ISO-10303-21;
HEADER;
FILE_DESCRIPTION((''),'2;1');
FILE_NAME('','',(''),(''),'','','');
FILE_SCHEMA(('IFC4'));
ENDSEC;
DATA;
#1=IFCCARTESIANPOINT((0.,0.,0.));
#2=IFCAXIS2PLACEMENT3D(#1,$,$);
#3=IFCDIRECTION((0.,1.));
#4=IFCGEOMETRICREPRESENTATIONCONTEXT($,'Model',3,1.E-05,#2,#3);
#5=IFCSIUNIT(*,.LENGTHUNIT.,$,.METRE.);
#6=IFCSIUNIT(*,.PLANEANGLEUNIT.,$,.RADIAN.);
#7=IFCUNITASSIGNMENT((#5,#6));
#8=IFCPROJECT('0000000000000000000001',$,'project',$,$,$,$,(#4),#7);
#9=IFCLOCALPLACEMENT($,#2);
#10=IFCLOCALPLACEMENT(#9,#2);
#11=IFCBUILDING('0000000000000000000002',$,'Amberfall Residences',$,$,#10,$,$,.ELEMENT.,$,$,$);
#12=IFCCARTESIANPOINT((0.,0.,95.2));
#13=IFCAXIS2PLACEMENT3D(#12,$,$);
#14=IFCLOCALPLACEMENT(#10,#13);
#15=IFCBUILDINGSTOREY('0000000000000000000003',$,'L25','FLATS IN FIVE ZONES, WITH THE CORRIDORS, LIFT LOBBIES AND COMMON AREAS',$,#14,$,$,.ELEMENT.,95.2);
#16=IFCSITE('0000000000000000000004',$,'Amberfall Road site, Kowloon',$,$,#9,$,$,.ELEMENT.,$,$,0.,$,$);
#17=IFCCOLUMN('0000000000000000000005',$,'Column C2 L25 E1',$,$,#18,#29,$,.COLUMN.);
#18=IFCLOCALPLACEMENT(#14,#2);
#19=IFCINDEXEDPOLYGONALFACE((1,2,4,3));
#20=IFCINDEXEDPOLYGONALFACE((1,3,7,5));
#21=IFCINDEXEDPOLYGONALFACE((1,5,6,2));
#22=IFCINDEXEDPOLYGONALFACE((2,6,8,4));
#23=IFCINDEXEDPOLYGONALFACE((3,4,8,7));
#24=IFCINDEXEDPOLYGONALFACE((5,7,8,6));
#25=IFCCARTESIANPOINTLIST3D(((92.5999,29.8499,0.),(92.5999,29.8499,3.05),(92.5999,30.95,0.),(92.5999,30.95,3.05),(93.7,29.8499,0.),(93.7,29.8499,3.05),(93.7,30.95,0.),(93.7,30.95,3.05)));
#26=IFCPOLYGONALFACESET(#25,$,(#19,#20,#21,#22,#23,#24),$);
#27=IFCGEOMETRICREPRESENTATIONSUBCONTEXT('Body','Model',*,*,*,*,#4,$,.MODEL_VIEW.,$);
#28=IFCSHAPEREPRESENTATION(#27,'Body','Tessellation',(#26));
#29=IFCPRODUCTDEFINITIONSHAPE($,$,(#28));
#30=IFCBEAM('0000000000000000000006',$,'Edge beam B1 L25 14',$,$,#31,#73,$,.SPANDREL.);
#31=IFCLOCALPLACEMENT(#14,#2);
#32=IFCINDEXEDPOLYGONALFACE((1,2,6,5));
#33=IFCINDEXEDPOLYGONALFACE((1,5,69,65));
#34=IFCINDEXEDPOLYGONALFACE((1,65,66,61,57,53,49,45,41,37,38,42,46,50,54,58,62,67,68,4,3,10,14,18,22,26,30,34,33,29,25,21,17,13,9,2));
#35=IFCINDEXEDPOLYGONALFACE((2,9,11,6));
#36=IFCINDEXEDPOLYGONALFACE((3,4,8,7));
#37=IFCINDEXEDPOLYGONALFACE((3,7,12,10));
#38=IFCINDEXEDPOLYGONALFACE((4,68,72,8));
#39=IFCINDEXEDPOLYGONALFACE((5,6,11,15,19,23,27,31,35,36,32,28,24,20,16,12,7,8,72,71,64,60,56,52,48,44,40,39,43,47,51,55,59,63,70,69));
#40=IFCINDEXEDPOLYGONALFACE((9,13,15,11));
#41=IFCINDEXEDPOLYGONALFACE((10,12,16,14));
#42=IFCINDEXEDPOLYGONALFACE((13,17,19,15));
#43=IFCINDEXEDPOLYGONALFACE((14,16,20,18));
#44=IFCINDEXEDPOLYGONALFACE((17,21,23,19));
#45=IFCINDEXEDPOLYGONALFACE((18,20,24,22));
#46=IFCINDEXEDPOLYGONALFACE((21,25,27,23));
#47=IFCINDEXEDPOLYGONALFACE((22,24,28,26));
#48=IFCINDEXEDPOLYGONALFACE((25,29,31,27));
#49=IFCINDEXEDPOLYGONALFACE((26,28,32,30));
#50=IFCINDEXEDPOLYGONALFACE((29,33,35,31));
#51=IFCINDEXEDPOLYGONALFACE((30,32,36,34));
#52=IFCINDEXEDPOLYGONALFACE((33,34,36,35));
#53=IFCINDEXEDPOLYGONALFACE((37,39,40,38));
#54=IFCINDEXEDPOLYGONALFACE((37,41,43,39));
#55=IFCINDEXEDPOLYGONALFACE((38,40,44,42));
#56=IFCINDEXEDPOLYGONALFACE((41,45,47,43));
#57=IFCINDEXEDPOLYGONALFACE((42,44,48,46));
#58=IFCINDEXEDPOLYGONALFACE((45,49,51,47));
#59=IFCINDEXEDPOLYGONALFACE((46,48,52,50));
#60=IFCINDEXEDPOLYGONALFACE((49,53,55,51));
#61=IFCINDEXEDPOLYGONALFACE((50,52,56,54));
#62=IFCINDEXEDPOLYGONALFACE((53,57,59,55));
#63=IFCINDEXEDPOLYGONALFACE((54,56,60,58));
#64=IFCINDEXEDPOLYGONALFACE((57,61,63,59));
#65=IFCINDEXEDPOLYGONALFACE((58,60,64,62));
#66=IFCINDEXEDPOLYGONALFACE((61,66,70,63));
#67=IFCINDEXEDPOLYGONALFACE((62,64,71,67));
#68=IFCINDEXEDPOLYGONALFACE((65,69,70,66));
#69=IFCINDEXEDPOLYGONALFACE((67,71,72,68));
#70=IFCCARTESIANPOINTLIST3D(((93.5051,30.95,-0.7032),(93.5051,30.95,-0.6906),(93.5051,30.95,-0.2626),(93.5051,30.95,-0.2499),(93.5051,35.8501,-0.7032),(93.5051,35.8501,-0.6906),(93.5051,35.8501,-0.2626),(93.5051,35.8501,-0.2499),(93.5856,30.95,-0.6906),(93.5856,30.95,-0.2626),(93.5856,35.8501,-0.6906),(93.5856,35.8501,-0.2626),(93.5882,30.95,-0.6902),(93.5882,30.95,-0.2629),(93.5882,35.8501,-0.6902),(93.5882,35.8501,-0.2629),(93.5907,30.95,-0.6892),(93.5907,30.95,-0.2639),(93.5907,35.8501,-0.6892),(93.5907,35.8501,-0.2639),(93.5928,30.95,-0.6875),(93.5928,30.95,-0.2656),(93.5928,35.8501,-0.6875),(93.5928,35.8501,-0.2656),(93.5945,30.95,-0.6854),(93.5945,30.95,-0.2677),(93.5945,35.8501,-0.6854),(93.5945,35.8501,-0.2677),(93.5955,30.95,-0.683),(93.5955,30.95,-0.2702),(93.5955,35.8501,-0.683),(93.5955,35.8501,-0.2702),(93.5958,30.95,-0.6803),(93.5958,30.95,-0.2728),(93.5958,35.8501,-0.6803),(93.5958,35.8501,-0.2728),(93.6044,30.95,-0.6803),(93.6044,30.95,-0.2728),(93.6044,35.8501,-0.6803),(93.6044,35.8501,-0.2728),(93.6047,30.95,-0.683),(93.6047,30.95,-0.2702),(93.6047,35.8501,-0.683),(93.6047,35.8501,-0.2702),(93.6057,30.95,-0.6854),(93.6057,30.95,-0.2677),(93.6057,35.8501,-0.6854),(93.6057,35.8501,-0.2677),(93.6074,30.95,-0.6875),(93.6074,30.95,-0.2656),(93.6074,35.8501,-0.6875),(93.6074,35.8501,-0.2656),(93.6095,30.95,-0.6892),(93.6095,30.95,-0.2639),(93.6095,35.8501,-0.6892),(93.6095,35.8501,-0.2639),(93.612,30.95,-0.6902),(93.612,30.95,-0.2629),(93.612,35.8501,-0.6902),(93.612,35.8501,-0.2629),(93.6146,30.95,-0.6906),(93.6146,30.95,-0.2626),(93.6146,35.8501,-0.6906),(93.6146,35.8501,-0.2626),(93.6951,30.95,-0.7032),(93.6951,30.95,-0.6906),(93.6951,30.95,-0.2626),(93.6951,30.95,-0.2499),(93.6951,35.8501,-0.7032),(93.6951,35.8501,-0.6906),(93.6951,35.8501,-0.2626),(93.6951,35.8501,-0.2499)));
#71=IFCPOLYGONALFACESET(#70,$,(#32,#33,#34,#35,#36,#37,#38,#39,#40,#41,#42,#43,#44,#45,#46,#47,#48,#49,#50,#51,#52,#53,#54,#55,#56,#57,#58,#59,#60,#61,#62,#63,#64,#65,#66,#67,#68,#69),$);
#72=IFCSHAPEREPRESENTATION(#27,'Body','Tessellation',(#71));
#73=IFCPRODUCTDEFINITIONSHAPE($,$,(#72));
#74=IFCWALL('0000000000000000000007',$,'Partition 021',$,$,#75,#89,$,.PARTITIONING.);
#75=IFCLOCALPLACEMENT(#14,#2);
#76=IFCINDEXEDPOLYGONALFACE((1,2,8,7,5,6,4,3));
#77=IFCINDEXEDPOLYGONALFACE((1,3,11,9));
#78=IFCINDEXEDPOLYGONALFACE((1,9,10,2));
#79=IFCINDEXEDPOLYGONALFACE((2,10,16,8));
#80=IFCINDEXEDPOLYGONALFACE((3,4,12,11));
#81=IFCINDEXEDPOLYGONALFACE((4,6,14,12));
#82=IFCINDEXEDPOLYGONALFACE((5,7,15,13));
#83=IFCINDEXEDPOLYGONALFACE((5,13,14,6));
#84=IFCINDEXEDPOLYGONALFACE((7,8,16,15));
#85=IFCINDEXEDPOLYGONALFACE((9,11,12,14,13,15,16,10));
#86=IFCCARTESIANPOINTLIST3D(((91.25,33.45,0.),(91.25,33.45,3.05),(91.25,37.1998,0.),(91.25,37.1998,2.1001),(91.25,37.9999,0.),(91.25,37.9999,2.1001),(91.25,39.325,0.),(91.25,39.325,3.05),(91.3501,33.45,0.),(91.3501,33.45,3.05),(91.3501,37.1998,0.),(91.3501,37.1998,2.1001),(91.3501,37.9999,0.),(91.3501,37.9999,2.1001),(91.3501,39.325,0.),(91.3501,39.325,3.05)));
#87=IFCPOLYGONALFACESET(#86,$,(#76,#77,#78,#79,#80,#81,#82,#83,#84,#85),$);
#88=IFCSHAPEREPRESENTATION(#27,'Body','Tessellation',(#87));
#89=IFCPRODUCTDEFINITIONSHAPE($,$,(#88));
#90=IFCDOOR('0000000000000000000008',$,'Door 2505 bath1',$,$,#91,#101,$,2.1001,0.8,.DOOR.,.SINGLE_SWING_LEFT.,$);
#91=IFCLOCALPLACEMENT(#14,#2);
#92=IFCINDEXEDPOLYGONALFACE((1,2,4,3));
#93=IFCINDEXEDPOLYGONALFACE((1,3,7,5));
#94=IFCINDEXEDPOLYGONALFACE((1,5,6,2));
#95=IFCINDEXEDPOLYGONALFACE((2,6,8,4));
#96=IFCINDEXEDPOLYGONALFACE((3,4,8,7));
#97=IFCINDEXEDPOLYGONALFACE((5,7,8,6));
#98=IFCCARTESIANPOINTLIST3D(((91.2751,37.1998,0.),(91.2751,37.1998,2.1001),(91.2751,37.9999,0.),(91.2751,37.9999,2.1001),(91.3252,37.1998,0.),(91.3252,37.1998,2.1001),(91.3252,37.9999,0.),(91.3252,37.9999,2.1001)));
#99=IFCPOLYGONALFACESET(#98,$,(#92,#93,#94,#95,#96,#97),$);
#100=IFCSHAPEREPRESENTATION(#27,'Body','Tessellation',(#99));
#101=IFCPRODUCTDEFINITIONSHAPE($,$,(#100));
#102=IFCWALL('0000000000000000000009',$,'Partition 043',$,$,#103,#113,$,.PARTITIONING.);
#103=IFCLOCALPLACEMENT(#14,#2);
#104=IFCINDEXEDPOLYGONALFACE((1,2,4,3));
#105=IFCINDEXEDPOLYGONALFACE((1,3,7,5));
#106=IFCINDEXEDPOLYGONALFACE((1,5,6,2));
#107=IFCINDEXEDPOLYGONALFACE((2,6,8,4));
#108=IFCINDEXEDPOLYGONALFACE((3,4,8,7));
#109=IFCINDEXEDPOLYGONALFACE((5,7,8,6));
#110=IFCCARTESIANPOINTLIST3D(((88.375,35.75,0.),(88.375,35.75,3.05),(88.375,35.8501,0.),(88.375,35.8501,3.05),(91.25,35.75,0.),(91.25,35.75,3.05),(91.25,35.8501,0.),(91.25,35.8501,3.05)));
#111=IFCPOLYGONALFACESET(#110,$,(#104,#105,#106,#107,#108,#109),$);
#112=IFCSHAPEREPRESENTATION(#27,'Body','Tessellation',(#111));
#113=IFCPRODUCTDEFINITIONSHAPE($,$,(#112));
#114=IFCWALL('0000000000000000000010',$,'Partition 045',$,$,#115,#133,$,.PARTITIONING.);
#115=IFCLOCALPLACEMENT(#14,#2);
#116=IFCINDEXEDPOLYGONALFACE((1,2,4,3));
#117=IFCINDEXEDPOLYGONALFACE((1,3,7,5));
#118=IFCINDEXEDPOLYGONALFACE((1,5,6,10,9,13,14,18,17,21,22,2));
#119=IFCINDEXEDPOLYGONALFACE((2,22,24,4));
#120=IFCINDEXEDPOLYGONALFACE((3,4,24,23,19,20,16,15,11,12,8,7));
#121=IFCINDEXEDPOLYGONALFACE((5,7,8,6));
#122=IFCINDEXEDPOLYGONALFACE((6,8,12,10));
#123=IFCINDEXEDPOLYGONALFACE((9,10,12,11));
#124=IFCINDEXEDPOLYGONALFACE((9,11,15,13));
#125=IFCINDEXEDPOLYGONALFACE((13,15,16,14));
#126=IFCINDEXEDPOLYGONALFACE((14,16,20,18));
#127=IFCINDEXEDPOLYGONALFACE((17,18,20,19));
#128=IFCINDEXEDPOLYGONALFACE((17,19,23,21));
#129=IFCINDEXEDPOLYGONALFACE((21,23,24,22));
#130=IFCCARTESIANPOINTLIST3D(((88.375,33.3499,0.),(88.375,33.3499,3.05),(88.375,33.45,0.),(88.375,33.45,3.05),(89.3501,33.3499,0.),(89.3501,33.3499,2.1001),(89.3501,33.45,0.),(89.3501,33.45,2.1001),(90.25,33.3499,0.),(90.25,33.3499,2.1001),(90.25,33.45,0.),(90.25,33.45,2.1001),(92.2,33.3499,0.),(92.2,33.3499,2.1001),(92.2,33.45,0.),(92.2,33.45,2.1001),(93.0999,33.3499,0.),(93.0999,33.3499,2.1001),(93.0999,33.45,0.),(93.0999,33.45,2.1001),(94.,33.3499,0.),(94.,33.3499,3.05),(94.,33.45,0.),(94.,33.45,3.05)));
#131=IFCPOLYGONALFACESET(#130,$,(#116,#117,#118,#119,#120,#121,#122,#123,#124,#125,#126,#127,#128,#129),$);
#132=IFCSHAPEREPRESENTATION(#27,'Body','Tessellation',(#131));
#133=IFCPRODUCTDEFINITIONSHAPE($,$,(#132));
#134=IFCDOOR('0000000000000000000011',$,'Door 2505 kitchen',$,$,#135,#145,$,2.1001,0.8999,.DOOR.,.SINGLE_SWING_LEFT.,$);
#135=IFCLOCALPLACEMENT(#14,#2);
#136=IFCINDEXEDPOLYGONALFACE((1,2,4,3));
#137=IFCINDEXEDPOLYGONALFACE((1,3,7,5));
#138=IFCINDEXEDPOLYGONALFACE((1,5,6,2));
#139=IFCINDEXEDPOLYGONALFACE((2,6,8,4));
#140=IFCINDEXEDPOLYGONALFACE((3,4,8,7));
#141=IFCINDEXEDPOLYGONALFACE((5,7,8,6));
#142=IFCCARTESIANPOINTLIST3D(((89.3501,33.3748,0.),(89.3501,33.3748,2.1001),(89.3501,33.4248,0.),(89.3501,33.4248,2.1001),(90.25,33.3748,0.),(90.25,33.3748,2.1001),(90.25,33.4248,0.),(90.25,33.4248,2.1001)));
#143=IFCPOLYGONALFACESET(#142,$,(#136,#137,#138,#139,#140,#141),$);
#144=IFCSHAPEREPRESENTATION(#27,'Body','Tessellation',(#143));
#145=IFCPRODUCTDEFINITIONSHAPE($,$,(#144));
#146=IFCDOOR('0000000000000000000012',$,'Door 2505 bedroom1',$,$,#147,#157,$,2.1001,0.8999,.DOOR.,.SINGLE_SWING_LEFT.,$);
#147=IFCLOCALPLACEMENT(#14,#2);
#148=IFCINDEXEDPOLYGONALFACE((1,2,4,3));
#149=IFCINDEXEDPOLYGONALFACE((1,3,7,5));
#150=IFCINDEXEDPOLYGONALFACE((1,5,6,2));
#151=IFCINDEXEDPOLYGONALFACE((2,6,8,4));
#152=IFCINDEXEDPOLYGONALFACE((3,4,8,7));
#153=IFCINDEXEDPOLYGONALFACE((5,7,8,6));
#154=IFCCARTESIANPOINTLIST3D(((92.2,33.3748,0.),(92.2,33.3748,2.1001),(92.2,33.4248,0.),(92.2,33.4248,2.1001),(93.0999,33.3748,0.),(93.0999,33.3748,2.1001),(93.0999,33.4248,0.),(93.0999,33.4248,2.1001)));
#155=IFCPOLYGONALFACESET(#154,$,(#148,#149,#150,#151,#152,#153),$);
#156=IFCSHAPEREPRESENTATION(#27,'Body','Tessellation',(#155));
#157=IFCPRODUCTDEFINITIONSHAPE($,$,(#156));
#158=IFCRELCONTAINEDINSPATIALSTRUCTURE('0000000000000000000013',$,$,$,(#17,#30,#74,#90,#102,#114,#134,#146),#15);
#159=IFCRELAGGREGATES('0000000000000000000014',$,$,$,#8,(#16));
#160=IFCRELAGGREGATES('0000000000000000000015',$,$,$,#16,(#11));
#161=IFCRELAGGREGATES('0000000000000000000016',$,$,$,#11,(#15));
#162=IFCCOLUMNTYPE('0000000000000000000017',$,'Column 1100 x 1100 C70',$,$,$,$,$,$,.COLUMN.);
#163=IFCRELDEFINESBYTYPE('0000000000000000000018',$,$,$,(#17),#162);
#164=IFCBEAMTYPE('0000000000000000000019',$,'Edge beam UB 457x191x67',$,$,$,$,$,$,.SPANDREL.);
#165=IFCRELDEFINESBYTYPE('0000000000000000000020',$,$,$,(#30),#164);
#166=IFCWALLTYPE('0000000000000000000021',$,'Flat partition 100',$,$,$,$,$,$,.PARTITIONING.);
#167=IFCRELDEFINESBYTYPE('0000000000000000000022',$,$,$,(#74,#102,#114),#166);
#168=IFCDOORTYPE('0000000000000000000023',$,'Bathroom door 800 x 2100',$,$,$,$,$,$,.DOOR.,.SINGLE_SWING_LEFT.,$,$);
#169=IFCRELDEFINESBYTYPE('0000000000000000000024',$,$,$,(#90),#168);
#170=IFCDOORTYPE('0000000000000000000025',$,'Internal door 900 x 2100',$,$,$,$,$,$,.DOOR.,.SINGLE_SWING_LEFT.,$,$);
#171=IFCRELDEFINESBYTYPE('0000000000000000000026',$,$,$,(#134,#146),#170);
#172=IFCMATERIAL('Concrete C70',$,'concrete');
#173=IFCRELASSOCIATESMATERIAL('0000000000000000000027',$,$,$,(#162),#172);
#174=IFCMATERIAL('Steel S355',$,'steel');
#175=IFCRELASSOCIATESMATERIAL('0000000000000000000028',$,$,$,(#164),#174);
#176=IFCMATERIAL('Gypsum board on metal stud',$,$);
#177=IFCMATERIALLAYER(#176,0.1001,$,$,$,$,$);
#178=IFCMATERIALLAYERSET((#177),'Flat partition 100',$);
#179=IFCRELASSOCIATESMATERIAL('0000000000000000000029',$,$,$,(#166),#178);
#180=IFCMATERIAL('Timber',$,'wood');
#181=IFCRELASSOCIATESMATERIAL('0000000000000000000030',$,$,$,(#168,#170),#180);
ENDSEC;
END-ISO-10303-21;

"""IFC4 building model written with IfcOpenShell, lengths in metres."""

from ifc_helpers import new_model, si_unit, direction, frame, frame_2d, origin, origin_2d, place, context, subcontext, project, spatial, rectangle, i_section, extrude, material, layer, layer_set, material_profile, profile_set, type_object, element, fill, save


model = new_model("IFC4")

# Units and contexts
model_context = context("Model", 3, precision=1e-05, world=origin(), true_north=direction((0.0, 1.0)))
body_context = subcontext(model_context, "Body", "Model", "MODEL_VIEW")
ifc_project = project(units=[si_unit("LENGTHUNIT", "METRE"), si_unit("PLANEANGLEUNIT", "RADIAN")], contexts=[model_context])

# Site, building, storey
site_placement = place(None, origin())
site = spatial("IfcSite", under=ifc_project, at=site_placement, Name="Amberfall Road site, Kowloon", CompositionType="ELEMENT", RefElevation=0.0)
building_placement = place(site_placement, origin())
building = spatial("IfcBuilding", under=site, at=building_placement, Name="Amberfall Residences", CompositionType="ELEMENT")
storey_placement = place(building_placement, frame((0.0, 0.0, 95.2)))
storey = spatial("IfcBuildingStorey", under=building, at=storey_placement, Name="L25", Description="FLATS IN FIVE ZONES, WITH THE CORRIDORS, LIFT LOBBIES AND COMMON AREAS", CompositionType="ELEMENT", Elevation=95.2)

# Column
ifc_material_1 = material(Name="Concrete C70", Category="concrete")
ifc_material_profile_1 = material_profile(ifc_material_1, rectangle(XDim=1.1001, YDim=1.1001, at=origin_2d()), Name="Column 1100 x 1100 C70")
ifc_profile_set_1 = profile_set([ifc_material_profile_1], Name="Concrete C70")
column_type = type_object("IfcColumnType", Name="Column 1100 x 1100 C70", PredefinedType="COLUMN", material=ifc_profile_set_1)
column_placement = place(storey_placement, frame((93.1499, 30.3999, 0.0), z_axis=(0.0, 0.0, 1.0), x_axis=(1.0, 0.0, 0.0)))
element("IfcColumn", 1, at=column_placement, inside=storey, type_object=column_type, Name="Column C2 L25 E1", PredefinedType="COLUMN", context=body_context, shape_type="SweptSolid", body=[
    extrude(rectangle(XDim=1.1001, YDim=1.1001, at=origin_2d()), origin(), (0.0, 0.0, 1.0), 3.05),
])

# Beam
ifc_material_2 = material(Name="Steel S355", Category="steel")
ifc_material_profile_2 = material_profile(ifc_material_2, i_section(OverallWidth=0.1899, OverallDepth=0.4534, WebThickness=0.0085, FlangeThickness=0.0127, FilletRadius=0.0103, at=origin_2d()), Name="UB 457x191x67")
ifc_profile_set_2 = profile_set([ifc_material_profile_2], Name="Steel S355")
beam_type = type_object("IfcBeamType", Name="Edge beam UB 457x191x67", PredefinedType="SPANDREL", material=ifc_profile_set_2)
beam_placement = place(storey_placement, frame((93.6001, 30.95, -0.4766), z_axis=(0.0, 1.0, 0.0), x_axis=(-1.0, 0.0, 0.0)))
element("IfcBeam", 2, at=beam_placement, inside=storey, type_object=beam_type, Name="Edge beam B1 L25 14", PredefinedType="SPANDREL", context=body_context, shape_type="SweptSolid", body=[
    extrude(i_section(OverallWidth=0.1899, OverallDepth=0.4534, WebThickness=0.0085, FlangeThickness=0.0127, FilletRadius=0.0103, at=origin_2d()), origin(), (0.0, 0.0, 1.0), 4.9001),
])

# Wall, opening, door
ifc_material_3 = material(Name="Gypsum board on metal stud")
ifc_layer_1 = layer(ifc_material_3, 0.1001)
ifc_layer_set_1 = layer_set([ifc_layer_1], Name="Flat partition 100")
wall_type_1 = type_object("IfcWallType", Name="Flat partition 100", PredefinedType="PARTITIONING", material=ifc_layer_set_1)
wall_1_placement = place(storey_placement, frame((91.3, 33.45, 0.0), z_axis=(0.0, 0.0, 1.0), x_axis=(0.0, 1.0, 0.0)))
wall_1 = element("IfcWall", 3, at=wall_1_placement, inside=storey, type_object=wall_type_1, Name="Partition 021", PredefinedType="PARTITIONING", context=body_context, shape_type="SweptSolid", body=[
    extrude(rectangle(XDim=5.875, YDim=0.1001, at=frame_2d((2.9375, 0.0))), origin(), (0.0, 0.0, 1.0), 3.05),
])
opening_1_placement = place(wall_1_placement, frame((3.75, 0.0, 0.0)))
opening_1 = element("IfcOpeningElement", 4, at=opening_1_placement, cuts=wall_1, PredefinedType="OPENING", context=body_context, shape_type="SweptSolid", body=[
    extrude(rectangle(XDim=0.8, YDim=2.1001, at=frame_2d((0.3999, 1.05))), frame((0.0, 0.0601, 0.0), z_axis=(0.0, -1.0, 0.0), x_axis=(1.0, 0.0, 0.0)), (0.0, 0.0, 1.0), 0.1201),
])
ifc_material_4 = material(Name="Timber", Category="wood")
door_type_1 = type_object("IfcDoorType", Name="Bathroom door 800 x 2100", OperationType="SINGLE_SWING_LEFT", PredefinedType="DOOR", material=ifc_material_4)
door_1_placement = place(opening_1_placement, origin())
door_1 = element("IfcDoor", 5, at=door_1_placement, inside=storey, type_object=door_type_1, Name="Door 2505 bath1", OperationType="SINGLE_SWING_LEFT", OverallHeight=2.1001, OverallWidth=0.8, PredefinedType="DOOR", context=body_context, shape_type="SweptSolid", body=[
    extrude(rectangle(XDim=0.8, YDim=2.1001, at=frame_2d((0.3999, 1.05))), frame((0.0, 0.0249, 0.0), z_axis=(0.0, -1.0, 0.0), x_axis=(1.0, 0.0, 0.0)), (0.0, 0.0, 1.0), 0.05),
])
fill(opening_1, door_1)

# Wall
wall_2_placement = place(storey_placement, frame((88.375, 35.8, 0.0), z_axis=(0.0, 0.0, 1.0), x_axis=(1.0, 0.0, 0.0)))
element("IfcWall", 6, at=wall_2_placement, inside=storey, type_object=wall_type_1, Name="Partition 043", PredefinedType="PARTITIONING", context=body_context, shape_type="SweptSolid", body=[
    extrude(rectangle(XDim=2.875, YDim=0.1001, at=frame_2d((1.4375, 0.0))), origin(), (0.0, 0.0, 1.0), 3.05),
])

# Wall, openings, doors
wall_3_placement = place(storey_placement, frame((88.375, 33.3999, 0.0), z_axis=(0.0, 0.0, 1.0), x_axis=(1.0, 0.0, 0.0)))
wall_3 = element("IfcWall", 7, at=wall_3_placement, inside=storey, type_object=wall_type_1, Name="Partition 045", PredefinedType="PARTITIONING", context=body_context, shape_type="SweptSolid", body=[
    extrude(rectangle(XDim=5.625, YDim=0.1001, at=frame_2d((2.8125, 0.0))), origin(), (0.0, 0.0, 1.0), 3.05),
])
opening_2_placement = place(wall_3_placement, frame((0.9751, 0.0, 0.0)))
opening_2 = element("IfcOpeningElement", 8, at=opening_2_placement, cuts=wall_3, PredefinedType="OPENING", context=body_context, shape_type="SweptSolid", body=[
    extrude(rectangle(XDim=0.8999, YDim=2.1001, at=frame_2d((0.45, 1.05))), frame((0.0, 0.0601, 0.0), z_axis=(0.0, -1.0, 0.0), x_axis=(1.0, 0.0, 0.0)), (0.0, 0.0, 1.0), 0.1201),
])
opening_3_placement = place(wall_3_placement, frame((3.825, 0.0, 0.0)))
opening_3 = element("IfcOpeningElement", 9, at=opening_3_placement, cuts=wall_3, PredefinedType="OPENING", context=body_context, shape_type="SweptSolid", body=[
    extrude(rectangle(XDim=0.8999, YDim=2.1001, at=frame_2d((0.45, 1.05))), frame((0.0, 0.0601, 0.0), z_axis=(0.0, -1.0, 0.0), x_axis=(1.0, 0.0, 0.0)), (0.0, 0.0, 1.0), 0.1201),
])
door_type_2 = type_object("IfcDoorType", Name="Internal door 900 x 2100", OperationType="SINGLE_SWING_LEFT", PredefinedType="DOOR", material=ifc_material_4)
door_2_placement = place(opening_2_placement, origin())
door_2 = element("IfcDoor", 10, at=door_2_placement, inside=storey, type_object=door_type_2, Name="Door 2505 kitchen", OperationType="SINGLE_SWING_LEFT", OverallHeight=2.1001, OverallWidth=0.8999, PredefinedType="DOOR", context=body_context, shape_type="SweptSolid", body=[
    extrude(rectangle(XDim=0.8999, YDim=2.1001, at=frame_2d((0.45, 1.05))), frame((0.0, 0.0249, 0.0), z_axis=(0.0, -1.0, 0.0), x_axis=(1.0, 0.0, 0.0)), (0.0, 0.0, 1.0), 0.05),
])
fill(opening_2, door_2)
door_3_placement = place(opening_3_placement, origin())
door_3 = element("IfcDoor", 11, at=door_3_placement, inside=storey, type_object=door_type_2, Name="Door 2505 bedroom1", OperationType="SINGLE_SWING_LEFT", OverallHeight=2.1001, OverallWidth=0.8999, PredefinedType="DOOR", context=body_context, shape_type="SweptSolid", body=[
    extrude(rectangle(XDim=0.8999, YDim=2.1001, at=frame_2d((0.45, 1.05))), frame((0.0, 0.0249, 0.0), z_axis=(0.0, -1.0, 0.0), x_axis=(1.0, 0.0, 0.0)), (0.0, 0.0, 1.0), 0.05),
])
fill(opening_3, door_3)

save(model, "model.ifc")
